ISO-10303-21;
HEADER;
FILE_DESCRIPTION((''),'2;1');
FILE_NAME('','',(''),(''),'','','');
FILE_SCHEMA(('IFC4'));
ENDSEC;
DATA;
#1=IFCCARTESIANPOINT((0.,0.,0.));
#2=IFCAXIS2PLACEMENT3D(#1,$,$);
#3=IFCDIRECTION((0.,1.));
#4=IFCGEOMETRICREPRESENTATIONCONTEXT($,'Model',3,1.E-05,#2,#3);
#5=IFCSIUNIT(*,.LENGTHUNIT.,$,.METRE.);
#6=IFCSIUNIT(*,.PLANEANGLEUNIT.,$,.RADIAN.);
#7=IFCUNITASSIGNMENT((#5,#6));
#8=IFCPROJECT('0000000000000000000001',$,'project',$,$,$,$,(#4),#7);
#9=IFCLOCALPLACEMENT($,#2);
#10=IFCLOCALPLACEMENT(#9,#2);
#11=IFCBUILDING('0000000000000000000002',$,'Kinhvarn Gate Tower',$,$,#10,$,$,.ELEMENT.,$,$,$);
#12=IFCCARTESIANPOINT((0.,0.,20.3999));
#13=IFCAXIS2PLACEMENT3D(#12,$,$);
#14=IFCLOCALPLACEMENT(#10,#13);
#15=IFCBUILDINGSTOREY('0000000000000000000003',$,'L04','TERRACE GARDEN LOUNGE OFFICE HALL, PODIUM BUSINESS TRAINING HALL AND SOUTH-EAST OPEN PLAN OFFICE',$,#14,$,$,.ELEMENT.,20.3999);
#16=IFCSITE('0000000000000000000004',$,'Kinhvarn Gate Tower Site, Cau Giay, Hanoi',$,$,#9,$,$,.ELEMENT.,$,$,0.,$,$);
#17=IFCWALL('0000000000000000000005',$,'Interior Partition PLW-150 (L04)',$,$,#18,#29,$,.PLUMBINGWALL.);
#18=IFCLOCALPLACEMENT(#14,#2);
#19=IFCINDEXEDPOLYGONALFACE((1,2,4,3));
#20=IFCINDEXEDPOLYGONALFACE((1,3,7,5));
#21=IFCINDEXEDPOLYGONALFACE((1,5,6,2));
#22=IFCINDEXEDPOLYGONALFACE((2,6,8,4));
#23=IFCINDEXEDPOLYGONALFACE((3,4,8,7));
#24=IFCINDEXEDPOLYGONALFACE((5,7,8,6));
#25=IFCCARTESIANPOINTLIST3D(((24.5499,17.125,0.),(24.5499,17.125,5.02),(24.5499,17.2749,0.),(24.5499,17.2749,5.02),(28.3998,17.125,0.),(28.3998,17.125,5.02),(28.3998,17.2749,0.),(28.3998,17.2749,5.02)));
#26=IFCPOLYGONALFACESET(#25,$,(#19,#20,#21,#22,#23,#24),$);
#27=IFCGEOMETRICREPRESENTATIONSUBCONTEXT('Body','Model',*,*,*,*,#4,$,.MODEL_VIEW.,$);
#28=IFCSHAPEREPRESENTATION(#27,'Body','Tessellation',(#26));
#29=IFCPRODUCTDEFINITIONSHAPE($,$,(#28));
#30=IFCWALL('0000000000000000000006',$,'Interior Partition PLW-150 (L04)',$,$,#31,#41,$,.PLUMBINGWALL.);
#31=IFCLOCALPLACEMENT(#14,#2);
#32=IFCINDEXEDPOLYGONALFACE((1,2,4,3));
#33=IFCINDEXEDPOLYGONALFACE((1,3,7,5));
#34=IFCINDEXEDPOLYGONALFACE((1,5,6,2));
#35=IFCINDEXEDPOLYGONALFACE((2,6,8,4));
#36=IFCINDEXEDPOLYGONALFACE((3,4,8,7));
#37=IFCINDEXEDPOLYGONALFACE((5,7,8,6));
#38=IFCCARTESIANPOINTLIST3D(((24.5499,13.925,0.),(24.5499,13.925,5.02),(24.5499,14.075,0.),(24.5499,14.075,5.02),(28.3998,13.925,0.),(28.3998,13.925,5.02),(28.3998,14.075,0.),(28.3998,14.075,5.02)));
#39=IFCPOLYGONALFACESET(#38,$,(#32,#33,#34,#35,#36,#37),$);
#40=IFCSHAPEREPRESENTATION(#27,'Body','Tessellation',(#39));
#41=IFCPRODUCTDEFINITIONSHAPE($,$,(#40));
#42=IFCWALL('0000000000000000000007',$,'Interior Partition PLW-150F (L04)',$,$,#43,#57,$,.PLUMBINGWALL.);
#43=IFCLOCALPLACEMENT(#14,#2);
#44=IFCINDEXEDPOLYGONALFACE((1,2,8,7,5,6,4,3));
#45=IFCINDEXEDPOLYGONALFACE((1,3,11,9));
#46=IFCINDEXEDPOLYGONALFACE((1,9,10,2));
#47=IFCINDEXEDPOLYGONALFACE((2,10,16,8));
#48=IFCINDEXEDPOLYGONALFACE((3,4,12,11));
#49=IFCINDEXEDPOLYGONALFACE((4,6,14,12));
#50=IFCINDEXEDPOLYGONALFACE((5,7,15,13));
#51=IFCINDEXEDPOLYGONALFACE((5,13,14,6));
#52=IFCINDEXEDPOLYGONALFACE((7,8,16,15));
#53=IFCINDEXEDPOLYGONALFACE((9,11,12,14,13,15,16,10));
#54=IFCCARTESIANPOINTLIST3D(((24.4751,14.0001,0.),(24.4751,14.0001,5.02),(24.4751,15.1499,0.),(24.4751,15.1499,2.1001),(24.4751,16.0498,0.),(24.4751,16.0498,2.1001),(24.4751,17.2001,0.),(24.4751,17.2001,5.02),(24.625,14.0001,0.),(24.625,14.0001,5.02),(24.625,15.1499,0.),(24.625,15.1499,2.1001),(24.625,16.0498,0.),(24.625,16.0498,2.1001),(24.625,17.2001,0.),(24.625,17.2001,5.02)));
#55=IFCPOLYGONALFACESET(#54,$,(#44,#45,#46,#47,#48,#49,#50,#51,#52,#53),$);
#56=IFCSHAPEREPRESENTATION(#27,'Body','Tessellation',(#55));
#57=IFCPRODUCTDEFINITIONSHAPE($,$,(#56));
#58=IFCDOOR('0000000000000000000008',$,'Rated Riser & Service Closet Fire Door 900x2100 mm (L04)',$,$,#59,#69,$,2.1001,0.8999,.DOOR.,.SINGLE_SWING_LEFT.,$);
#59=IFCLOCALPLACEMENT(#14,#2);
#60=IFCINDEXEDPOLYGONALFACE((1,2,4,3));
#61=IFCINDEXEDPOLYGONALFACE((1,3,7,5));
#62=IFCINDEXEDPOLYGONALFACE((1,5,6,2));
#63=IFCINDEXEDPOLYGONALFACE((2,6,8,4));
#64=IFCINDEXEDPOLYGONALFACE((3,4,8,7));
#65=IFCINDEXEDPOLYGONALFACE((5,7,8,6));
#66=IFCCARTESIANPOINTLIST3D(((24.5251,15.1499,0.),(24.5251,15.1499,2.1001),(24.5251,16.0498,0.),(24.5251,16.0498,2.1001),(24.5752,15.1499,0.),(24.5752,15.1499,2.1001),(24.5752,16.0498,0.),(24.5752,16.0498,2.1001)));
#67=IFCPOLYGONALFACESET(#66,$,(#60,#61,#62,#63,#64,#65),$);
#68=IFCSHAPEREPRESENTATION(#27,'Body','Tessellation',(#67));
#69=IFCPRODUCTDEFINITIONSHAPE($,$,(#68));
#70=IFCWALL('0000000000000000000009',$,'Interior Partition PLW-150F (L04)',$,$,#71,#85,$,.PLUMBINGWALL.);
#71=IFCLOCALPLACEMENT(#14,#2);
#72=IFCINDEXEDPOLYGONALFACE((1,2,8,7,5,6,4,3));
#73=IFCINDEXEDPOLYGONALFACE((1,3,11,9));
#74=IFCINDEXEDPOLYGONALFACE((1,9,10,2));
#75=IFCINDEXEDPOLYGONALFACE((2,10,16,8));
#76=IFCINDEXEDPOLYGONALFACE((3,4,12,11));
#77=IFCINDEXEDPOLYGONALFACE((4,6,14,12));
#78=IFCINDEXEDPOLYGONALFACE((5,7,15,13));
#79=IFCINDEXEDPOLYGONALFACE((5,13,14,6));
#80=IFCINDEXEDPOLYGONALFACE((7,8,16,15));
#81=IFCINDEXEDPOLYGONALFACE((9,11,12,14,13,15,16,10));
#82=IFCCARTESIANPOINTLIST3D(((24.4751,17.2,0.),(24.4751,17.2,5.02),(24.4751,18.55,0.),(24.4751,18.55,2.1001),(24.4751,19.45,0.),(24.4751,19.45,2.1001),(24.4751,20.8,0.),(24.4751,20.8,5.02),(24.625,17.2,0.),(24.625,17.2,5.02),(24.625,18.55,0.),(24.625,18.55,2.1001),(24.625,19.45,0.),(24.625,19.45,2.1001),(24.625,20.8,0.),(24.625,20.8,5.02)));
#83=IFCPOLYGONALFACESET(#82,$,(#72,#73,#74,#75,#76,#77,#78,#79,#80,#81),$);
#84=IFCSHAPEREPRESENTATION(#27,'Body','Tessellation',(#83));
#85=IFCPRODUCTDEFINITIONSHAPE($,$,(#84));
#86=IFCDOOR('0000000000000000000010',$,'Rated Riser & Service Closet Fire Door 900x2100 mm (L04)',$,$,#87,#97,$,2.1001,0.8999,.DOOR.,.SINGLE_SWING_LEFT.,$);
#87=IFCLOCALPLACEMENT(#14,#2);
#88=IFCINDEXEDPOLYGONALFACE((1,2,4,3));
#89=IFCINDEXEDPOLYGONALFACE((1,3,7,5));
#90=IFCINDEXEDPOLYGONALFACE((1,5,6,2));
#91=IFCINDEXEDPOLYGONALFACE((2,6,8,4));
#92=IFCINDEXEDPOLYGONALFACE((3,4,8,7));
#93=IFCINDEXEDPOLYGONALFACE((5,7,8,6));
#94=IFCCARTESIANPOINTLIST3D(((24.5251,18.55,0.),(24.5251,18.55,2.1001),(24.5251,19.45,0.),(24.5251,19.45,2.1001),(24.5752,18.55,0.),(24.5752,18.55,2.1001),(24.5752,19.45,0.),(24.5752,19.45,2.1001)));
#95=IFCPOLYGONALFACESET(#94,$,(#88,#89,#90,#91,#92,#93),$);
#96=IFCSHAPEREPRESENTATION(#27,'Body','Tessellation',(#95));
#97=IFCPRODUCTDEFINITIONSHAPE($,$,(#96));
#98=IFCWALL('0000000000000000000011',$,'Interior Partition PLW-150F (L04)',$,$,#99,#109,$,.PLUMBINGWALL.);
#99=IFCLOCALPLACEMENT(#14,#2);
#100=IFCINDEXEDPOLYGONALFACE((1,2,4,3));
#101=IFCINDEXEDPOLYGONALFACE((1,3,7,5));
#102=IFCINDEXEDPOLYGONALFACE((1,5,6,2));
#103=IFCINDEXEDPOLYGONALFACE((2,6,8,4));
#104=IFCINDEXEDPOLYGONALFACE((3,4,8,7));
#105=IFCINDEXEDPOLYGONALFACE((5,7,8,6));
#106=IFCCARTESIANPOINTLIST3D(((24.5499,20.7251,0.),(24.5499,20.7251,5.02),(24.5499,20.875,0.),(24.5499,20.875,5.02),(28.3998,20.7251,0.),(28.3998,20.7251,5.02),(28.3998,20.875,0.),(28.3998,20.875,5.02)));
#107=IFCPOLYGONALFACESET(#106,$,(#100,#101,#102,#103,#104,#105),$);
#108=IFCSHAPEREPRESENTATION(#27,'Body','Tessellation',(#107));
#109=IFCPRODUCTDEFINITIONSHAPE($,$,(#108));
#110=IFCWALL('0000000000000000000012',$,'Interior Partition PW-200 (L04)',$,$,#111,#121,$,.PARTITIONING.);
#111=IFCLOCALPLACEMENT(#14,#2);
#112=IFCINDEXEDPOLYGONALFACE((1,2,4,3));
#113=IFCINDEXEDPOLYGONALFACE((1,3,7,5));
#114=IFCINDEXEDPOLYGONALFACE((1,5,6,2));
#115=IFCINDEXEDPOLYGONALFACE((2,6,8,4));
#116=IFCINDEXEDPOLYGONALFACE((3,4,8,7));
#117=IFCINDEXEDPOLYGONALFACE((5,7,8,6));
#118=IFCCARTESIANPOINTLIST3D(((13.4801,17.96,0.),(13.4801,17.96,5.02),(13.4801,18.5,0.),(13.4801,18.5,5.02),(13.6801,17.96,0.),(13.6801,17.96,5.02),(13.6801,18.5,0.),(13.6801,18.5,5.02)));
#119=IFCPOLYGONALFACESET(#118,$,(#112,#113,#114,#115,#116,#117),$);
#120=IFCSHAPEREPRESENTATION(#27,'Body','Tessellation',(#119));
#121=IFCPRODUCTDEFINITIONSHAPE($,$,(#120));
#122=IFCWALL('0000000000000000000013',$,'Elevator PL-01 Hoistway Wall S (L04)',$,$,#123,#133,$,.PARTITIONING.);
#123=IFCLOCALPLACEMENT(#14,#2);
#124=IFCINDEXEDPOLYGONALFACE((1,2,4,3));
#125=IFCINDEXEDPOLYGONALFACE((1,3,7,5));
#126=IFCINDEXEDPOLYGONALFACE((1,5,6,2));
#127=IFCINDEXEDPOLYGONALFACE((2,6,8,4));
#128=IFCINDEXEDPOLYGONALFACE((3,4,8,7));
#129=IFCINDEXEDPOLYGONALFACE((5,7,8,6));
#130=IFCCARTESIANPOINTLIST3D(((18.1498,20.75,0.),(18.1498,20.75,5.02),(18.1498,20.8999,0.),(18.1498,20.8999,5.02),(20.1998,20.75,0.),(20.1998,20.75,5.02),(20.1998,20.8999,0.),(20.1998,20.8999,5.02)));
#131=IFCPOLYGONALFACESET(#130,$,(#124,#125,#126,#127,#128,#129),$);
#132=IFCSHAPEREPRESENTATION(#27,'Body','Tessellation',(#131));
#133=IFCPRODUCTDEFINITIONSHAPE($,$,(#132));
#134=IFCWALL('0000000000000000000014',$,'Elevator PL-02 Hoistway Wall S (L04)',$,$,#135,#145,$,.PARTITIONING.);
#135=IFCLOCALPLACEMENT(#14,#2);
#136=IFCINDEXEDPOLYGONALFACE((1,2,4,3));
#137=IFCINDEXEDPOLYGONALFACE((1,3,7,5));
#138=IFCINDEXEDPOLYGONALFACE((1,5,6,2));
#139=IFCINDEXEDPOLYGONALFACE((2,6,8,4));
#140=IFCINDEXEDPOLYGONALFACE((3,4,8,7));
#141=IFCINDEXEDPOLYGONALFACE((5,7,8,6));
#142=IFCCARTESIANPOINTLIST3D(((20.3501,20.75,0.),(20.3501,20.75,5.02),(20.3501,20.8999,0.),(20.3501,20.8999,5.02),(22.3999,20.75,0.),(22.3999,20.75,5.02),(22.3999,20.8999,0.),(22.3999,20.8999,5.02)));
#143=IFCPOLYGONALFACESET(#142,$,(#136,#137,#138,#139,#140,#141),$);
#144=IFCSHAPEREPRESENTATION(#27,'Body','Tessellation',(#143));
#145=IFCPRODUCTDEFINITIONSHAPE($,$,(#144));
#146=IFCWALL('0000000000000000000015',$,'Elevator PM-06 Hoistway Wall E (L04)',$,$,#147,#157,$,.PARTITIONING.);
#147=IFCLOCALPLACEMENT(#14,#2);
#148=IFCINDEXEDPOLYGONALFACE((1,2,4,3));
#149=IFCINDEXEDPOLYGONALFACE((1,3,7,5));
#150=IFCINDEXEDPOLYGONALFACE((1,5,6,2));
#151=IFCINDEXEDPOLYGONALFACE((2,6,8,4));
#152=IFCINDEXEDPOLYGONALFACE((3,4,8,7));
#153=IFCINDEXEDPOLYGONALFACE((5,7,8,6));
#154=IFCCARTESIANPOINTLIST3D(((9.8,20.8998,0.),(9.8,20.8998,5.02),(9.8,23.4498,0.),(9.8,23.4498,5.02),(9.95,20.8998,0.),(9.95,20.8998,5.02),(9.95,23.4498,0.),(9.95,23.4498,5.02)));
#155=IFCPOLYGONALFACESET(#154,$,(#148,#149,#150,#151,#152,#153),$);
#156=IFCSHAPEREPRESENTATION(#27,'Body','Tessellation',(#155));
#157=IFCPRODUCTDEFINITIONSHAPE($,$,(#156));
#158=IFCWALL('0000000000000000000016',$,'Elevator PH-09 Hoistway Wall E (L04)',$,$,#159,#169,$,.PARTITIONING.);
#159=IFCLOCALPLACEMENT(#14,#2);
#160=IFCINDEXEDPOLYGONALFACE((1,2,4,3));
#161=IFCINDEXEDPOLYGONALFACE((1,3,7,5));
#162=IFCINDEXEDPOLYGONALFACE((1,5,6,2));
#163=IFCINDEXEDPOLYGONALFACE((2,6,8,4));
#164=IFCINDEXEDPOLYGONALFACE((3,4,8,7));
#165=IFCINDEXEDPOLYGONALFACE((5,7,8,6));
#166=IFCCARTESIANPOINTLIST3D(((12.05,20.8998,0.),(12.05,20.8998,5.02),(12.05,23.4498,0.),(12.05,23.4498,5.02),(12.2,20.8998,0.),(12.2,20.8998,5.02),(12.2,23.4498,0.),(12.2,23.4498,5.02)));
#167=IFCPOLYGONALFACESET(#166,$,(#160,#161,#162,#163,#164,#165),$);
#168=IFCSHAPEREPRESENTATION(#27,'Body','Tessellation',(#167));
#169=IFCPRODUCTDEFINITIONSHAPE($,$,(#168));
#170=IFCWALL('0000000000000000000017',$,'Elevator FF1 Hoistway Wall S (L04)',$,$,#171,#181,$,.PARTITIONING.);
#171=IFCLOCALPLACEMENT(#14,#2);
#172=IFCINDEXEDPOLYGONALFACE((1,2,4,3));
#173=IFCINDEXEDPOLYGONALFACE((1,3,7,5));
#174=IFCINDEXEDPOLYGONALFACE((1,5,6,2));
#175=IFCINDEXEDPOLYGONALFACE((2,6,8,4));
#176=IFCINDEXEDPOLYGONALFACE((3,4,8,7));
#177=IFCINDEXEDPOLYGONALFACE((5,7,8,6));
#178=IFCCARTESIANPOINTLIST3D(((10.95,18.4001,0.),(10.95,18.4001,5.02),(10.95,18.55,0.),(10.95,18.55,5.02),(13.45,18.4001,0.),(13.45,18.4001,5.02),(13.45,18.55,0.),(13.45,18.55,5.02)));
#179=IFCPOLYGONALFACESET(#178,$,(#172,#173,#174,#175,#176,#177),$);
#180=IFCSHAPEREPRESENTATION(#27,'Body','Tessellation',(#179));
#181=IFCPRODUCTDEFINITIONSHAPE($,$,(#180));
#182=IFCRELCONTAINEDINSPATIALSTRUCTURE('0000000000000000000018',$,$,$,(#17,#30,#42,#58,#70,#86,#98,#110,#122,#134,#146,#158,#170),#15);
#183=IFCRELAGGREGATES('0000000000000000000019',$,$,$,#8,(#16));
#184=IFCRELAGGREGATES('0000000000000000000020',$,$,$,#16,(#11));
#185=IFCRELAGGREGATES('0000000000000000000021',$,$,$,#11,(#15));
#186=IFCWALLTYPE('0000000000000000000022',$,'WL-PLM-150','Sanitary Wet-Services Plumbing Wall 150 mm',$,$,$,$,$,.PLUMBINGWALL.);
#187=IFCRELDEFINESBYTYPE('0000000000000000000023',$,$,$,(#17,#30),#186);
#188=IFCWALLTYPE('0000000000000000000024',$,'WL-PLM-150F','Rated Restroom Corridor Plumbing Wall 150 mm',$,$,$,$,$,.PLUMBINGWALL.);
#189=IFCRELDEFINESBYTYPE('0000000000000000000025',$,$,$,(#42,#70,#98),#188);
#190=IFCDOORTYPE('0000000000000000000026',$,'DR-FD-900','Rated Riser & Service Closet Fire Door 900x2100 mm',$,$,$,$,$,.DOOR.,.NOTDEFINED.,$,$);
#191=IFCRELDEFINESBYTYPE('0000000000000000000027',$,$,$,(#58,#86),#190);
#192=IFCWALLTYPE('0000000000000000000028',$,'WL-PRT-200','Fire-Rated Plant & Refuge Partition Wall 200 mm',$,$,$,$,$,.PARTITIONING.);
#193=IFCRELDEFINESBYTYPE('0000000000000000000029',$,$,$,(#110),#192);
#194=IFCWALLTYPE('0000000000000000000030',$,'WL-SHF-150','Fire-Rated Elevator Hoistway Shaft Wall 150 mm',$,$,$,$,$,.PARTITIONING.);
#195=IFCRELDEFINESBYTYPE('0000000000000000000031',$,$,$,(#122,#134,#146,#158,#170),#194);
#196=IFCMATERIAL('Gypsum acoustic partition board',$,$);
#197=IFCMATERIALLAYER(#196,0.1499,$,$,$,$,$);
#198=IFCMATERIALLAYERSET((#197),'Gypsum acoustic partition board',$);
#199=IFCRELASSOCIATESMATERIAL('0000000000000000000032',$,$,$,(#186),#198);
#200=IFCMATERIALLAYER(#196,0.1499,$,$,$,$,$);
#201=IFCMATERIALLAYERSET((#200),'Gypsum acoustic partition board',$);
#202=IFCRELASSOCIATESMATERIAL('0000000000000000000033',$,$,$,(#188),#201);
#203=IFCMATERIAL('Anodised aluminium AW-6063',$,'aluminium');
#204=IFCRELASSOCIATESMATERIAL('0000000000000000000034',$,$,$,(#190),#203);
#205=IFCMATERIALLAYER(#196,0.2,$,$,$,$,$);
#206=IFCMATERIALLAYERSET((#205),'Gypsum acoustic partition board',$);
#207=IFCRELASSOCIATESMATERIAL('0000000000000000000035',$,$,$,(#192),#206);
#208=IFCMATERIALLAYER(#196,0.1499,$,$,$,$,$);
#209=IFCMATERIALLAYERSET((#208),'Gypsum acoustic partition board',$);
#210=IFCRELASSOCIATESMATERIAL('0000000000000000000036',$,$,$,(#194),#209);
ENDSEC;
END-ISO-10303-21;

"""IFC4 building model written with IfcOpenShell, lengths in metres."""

from ifc_helpers import new_model, si_unit, direction, frame, frame_2d, origin, place, context, subcontext, project, spatial, rectangle, extrude, material, layer, layer_set, type_object, element, fill, save


model = new_model("IFC4")

# Units and contexts
model_context = context("Model", 3, precision=1e-05, world=origin(), true_north=direction((0.0, 1.0)))
body_context = subcontext(model_context, "Body", "Model", "MODEL_VIEW")
ifc_project = project(units=[si_unit("LENGTHUNIT", "METRE"), si_unit("PLANEANGLEUNIT", "RADIAN")], contexts=[model_context])

# Site, building, storey
site_placement = place(None, origin())
site = spatial("IfcSite", under=ifc_project, at=site_placement, Name="Kinhvarn Gate Tower Site, Cau Giay, Hanoi", CompositionType="ELEMENT", RefElevation=0.0)
building_placement = place(site_placement, origin())
building = spatial("IfcBuilding", under=site, at=building_placement, Name="Kinhvarn Gate Tower", CompositionType="ELEMENT")
storey_placement = place(building_placement, frame((0.0, 0.0, 20.3999)))
storey = spatial("IfcBuildingStorey", under=building, at=storey_placement, Name="L04", Description="TERRACE GARDEN LOUNGE OFFICE HALL, PODIUM BUSINESS TRAINING HALL AND SOUTH-EAST OPEN PLAN OFFICE", CompositionType="ELEMENT", Elevation=20.3999)

# Shared definitions
ifc_material_1 = material(Name="Anodised aluminium AW-6063", Category="aluminium")

# Walls
ifc_material_2 = material(Name="Gypsum acoustic partition board")
ifc_layer_1 = layer(ifc_material_2, 0.1499)
ifc_layer_set_1 = layer_set([ifc_layer_1], Name="Gypsum acoustic partition board")
wall_type_1 = type_object("IfcWallType", Name="WL-PLM-150", Description="Sanitary Wet-Services Plumbing Wall 150 mm", PredefinedType="PLUMBINGWALL", material=ifc_layer_set_1)
for number, where, z_axis, x_axis, name in (
    (1, (24.55, 17.2, 0.0), (0.0, 0.0, 1.0), (1.0, 0.0, 0.0), "Interior Partition PLW-150 (L04)"),
    (2, (24.55, 14.0, 0.0), (0.0, 0.0, 1.0), (1.0, 0.0, 0.0), "Interior Partition PLW-150 (L04)"),
):
    element("IfcWall", number, at=place(storey_placement, frame(where, z_axis=z_axis, x_axis=x_axis)), inside=storey, type_object=wall_type_1, Name=name, PredefinedType="PLUMBINGWALL", context=body_context, shape_type="SweptSolid", body=[
        extrude(rectangle(XDim=3.8499, YDim=0.1499, at=frame_2d((1.9248, 0.0))), origin(), (0.0, 0.0, 1.0), 5.02),
    ])

# Walls, openings, doors
ifc_layer_2 = layer(ifc_material_2, 0.1499)
ifc_layer_set_2 = layer_set([ifc_layer_2], Name="Gypsum acoustic partition board")
wall_type_2 = type_object("IfcWallType", Name="WL-PLM-150F", Description="Rated Restroom Corridor Plumbing Wall 150 mm", PredefinedType="PLUMBINGWALL", material=ifc_layer_set_2)
wall_1_placement = place(storey_placement, frame((24.55, 14.0, 0.0), z_axis=(0.0, 0.0, 1.0), x_axis=(0.0, 1.0, 0.0)))
wall_1 = element("IfcWall", 3, at=wall_1_placement, inside=storey, type_object=wall_type_2, Name="Interior Partition PLW-150F (L04)", PredefinedType="PLUMBINGWALL", context=body_context, shape_type="SweptSolid", body=[
    extrude(rectangle(XDim=3.2, YDim=0.1499, at=frame_2d((1.6001, 0.0))), origin(), (0.0, 0.0, 1.0), 5.02),
])
opening_1_placement = place(wall_1_placement, frame((1.1499, 0.0, 0.0)))
opening_1 = element("IfcOpeningElement", 4, at=opening_1_placement, cuts=wall_1, PredefinedType="OPENING", context=body_context, shape_type="SweptSolid", body=[
    extrude(rectangle(XDim=0.8999, YDim=2.1001, at=frame_2d((0.45, 1.05))), frame((0.0, 0.085, 0.0), z_axis=(0.0, -1.0, 0.0), x_axis=(1.0, 0.0, 0.0)), (0.0, 0.0, 1.0), 0.1699),
])
door_type_1 = type_object("IfcDoorType", Name="DR-FD-900", Description="Rated Riser & Service Closet Fire Door 900x2100 mm", OperationType="NOTDEFINED", PredefinedType="DOOR", material=ifc_material_1)
door_1_placement = place(opening_1_placement, origin())
door_1 = element("IfcDoor", 5, at=door_1_placement, inside=storey, type_object=door_type_1, Name="Rated Riser & Service Closet Fire Door 900x2100 mm (L04)", OperationType="SINGLE_SWING_LEFT", OverallHeight=2.1001, OverallWidth=0.8999, PredefinedType="DOOR", context=body_context, shape_type="SweptSolid", body=[
    extrude(rectangle(XDim=0.8999, YDim=2.1001, at=frame_2d((0.45, 1.05))), frame((0.0, 0.0249, 0.0), z_axis=(0.0, -1.0, 0.0), x_axis=(1.0, 0.0, 0.0)), (0.0, 0.0, 1.0), 0.05),
])
fill(opening_1, door_1)
wall_2_placement = place(storey_placement, frame((24.55, 17.2, 0.0), z_axis=(0.0, 0.0, 1.0), x_axis=(0.0, 1.0, 0.0)))
wall_2 = element("IfcWall", 6, at=wall_2_placement, inside=storey, type_object=wall_type_2, Name="Interior Partition PLW-150F (L04)", PredefinedType="PLUMBINGWALL", context=body_context, shape_type="SweptSolid", body=[
    extrude(rectangle(XDim=3.6001, YDim=0.1499, at=frame_2d((1.8, 0.0))), origin(), (0.0, 0.0, 1.0), 5.02),
])
opening_2_placement = place(wall_2_placement, frame((1.3501, 0.0, 0.0)))
opening_2 = element("IfcOpeningElement", 7, at=opening_2_placement, cuts=wall_2, PredefinedType="OPENING", context=body_context, shape_type="SweptSolid", body=[
    extrude(rectangle(XDim=0.8999, YDim=2.1001, at=frame_2d((0.45, 1.05))), frame((0.0, 0.085, 0.0), z_axis=(0.0, -1.0, 0.0), x_axis=(1.0, 0.0, 0.0)), (0.0, 0.0, 1.0), 0.1699),
])
door_2_placement = place(opening_2_placement, origin())
door_2 = element("IfcDoor", 8, at=door_2_placement, inside=storey, type_object=door_type_1, Name="Rated Riser & Service Closet Fire Door 900x2100 mm (L04)", OperationType="SINGLE_SWING_LEFT", OverallHeight=2.1001, OverallWidth=0.8999, PredefinedType="DOOR", context=body_context, shape_type="SweptSolid", body=[
    extrude(rectangle(XDim=0.8999, YDim=2.1001, at=frame_2d((0.45, 1.05))), frame((0.0, 0.0249, 0.0), z_axis=(0.0, -1.0, 0.0), x_axis=(1.0, 0.0, 0.0)), (0.0, 0.0, 1.0), 0.05),
])
fill(opening_2, door_2)

# Walls
wall_3_placement = place(storey_placement, frame((24.55, 20.8, 0.0), z_axis=(0.0, 0.0, 1.0), x_axis=(1.0, 0.0, 0.0)))
element("IfcWall", 9, at=wall_3_placement, inside=storey, type_object=wall_type_2, Name="Interior Partition PLW-150F (L04)", PredefinedType="PLUMBINGWALL", context=body_context, shape_type="SweptSolid", body=[
    extrude(rectangle(XDim=3.8499, YDim=0.1499, at=frame_2d((1.9248, 0.0))), origin(), (0.0, 0.0, 1.0), 5.02),
])
ifc_layer_3 = layer(ifc_material_2, 0.2)
ifc_layer_set_3 = layer_set([ifc_layer_3], Name="Gypsum acoustic partition board")
wall_type_3 = type_object("IfcWallType", Name="WL-PRT-200", Description="Fire-Rated Plant & Refuge Partition Wall 200 mm", PredefinedType="PARTITIONING", material=ifc_layer_set_3)
wall_4_placement = place(storey_placement, frame((13.5801, 17.96, 0.0), z_axis=(0.0, 0.0, 1.0), x_axis=(0.0, 1.0, 0.0)))
element("IfcWall", 10, at=wall_4_placement, inside=storey, type_object=wall_type_3, Name="Interior Partition PW-200 (L04)", PredefinedType="PARTITIONING", context=body_context, shape_type="SweptSolid", body=[
    extrude(rectangle(XDim=0.54, YDim=0.2, at=frame_2d((0.27, 0.0))), origin(), (0.0, 0.0, 1.0), 5.02),
])
ifc_layer_4 = layer(ifc_material_2, 0.1499)
ifc_layer_set_4 = layer_set([ifc_layer_4], Name="Gypsum acoustic partition board")
wall_type_4 = type_object("IfcWallType", Name="WL-SHF-150", Description="Fire-Rated Elevator Hoistway Shaft Wall 150 mm", PredefinedType="PARTITIONING", material=ifc_layer_set_4)
wall_5_placement = place(storey_placement, frame((18.1499, 20.825, 0.0), z_axis=(0.0, 0.0, 1.0), x_axis=(1.0, 0.0, 0.0)))
element("IfcWall", 11, at=wall_5_placement, inside=storey, type_object=wall_type_4, Name="Elevator PL-01 Hoistway Wall S (L04)", PredefinedType="PARTITIONING", context=body_context, shape_type="SweptSolid", body=[
    extrude(rectangle(XDim=2.05, YDim=0.1499, at=frame_2d((1.0249, 0.0))), origin(), (0.0, 0.0, 1.0), 5.02),
])
wall_6_placement = place(storey_placement, frame((20.3501, 20.825, 0.0), z_axis=(0.0, 0.0, 1.0), x_axis=(1.0, 0.0, 0.0)))
element("IfcWall", 12, at=wall_6_placement, inside=storey, type_object=wall_type_4, Name="Elevator PL-02 Hoistway Wall S (L04)", PredefinedType="PARTITIONING", context=body_context, shape_type="SweptSolid", body=[
    extrude(rectangle(XDim=2.0498, YDim=0.1499, at=frame_2d((1.0249, 0.0))), origin(), (0.0, 0.0, 1.0), 5.02),
])
for number, where, z_axis, x_axis, name in (
    (13, (9.875, 20.8999, 0.0), (0.0, 0.0, 1.0), (0.0, 1.0, 0.0), "Elevator PM-06 Hoistway Wall E (L04)"),
    (14, (12.125, 20.8999, 0.0), (0.0, 0.0, 1.0), (0.0, 1.0, 0.0), "Elevator PH-09 Hoistway Wall E (L04)"),
):
    element("IfcWall", number, at=place(storey_placement, frame(where, z_axis=z_axis, x_axis=x_axis)), inside=storey, type_object=wall_type_4, Name=name, PredefinedType="PARTITIONING", context=body_context, shape_type="SweptSolid", body=[
        extrude(rectangle(XDim=2.55, YDim=0.1499, at=frame_2d((1.2749, 0.0))), origin(), (0.0, 0.0, 1.0), 5.02),
    ])
wall_7_placement = place(storey_placement, frame((10.95, 18.4751, 0.0), z_axis=(0.0, 0.0, 1.0), x_axis=(1.0, 0.0, 0.0)))
element("IfcWall", 15, at=wall_7_placement, inside=storey, type_object=wall_type_4, Name="Elevator FF1 Hoistway Wall S (L04)", PredefinedType="PARTITIONING", context=body_context, shape_type="SweptSolid", body=[
    extrude(rectangle(XDim=2.5, YDim=0.1499, at=frame_2d((1.25, 0.0))), origin(), (0.0, 0.0, 1.0), 5.02),
])

save(model, "model.ifc")
